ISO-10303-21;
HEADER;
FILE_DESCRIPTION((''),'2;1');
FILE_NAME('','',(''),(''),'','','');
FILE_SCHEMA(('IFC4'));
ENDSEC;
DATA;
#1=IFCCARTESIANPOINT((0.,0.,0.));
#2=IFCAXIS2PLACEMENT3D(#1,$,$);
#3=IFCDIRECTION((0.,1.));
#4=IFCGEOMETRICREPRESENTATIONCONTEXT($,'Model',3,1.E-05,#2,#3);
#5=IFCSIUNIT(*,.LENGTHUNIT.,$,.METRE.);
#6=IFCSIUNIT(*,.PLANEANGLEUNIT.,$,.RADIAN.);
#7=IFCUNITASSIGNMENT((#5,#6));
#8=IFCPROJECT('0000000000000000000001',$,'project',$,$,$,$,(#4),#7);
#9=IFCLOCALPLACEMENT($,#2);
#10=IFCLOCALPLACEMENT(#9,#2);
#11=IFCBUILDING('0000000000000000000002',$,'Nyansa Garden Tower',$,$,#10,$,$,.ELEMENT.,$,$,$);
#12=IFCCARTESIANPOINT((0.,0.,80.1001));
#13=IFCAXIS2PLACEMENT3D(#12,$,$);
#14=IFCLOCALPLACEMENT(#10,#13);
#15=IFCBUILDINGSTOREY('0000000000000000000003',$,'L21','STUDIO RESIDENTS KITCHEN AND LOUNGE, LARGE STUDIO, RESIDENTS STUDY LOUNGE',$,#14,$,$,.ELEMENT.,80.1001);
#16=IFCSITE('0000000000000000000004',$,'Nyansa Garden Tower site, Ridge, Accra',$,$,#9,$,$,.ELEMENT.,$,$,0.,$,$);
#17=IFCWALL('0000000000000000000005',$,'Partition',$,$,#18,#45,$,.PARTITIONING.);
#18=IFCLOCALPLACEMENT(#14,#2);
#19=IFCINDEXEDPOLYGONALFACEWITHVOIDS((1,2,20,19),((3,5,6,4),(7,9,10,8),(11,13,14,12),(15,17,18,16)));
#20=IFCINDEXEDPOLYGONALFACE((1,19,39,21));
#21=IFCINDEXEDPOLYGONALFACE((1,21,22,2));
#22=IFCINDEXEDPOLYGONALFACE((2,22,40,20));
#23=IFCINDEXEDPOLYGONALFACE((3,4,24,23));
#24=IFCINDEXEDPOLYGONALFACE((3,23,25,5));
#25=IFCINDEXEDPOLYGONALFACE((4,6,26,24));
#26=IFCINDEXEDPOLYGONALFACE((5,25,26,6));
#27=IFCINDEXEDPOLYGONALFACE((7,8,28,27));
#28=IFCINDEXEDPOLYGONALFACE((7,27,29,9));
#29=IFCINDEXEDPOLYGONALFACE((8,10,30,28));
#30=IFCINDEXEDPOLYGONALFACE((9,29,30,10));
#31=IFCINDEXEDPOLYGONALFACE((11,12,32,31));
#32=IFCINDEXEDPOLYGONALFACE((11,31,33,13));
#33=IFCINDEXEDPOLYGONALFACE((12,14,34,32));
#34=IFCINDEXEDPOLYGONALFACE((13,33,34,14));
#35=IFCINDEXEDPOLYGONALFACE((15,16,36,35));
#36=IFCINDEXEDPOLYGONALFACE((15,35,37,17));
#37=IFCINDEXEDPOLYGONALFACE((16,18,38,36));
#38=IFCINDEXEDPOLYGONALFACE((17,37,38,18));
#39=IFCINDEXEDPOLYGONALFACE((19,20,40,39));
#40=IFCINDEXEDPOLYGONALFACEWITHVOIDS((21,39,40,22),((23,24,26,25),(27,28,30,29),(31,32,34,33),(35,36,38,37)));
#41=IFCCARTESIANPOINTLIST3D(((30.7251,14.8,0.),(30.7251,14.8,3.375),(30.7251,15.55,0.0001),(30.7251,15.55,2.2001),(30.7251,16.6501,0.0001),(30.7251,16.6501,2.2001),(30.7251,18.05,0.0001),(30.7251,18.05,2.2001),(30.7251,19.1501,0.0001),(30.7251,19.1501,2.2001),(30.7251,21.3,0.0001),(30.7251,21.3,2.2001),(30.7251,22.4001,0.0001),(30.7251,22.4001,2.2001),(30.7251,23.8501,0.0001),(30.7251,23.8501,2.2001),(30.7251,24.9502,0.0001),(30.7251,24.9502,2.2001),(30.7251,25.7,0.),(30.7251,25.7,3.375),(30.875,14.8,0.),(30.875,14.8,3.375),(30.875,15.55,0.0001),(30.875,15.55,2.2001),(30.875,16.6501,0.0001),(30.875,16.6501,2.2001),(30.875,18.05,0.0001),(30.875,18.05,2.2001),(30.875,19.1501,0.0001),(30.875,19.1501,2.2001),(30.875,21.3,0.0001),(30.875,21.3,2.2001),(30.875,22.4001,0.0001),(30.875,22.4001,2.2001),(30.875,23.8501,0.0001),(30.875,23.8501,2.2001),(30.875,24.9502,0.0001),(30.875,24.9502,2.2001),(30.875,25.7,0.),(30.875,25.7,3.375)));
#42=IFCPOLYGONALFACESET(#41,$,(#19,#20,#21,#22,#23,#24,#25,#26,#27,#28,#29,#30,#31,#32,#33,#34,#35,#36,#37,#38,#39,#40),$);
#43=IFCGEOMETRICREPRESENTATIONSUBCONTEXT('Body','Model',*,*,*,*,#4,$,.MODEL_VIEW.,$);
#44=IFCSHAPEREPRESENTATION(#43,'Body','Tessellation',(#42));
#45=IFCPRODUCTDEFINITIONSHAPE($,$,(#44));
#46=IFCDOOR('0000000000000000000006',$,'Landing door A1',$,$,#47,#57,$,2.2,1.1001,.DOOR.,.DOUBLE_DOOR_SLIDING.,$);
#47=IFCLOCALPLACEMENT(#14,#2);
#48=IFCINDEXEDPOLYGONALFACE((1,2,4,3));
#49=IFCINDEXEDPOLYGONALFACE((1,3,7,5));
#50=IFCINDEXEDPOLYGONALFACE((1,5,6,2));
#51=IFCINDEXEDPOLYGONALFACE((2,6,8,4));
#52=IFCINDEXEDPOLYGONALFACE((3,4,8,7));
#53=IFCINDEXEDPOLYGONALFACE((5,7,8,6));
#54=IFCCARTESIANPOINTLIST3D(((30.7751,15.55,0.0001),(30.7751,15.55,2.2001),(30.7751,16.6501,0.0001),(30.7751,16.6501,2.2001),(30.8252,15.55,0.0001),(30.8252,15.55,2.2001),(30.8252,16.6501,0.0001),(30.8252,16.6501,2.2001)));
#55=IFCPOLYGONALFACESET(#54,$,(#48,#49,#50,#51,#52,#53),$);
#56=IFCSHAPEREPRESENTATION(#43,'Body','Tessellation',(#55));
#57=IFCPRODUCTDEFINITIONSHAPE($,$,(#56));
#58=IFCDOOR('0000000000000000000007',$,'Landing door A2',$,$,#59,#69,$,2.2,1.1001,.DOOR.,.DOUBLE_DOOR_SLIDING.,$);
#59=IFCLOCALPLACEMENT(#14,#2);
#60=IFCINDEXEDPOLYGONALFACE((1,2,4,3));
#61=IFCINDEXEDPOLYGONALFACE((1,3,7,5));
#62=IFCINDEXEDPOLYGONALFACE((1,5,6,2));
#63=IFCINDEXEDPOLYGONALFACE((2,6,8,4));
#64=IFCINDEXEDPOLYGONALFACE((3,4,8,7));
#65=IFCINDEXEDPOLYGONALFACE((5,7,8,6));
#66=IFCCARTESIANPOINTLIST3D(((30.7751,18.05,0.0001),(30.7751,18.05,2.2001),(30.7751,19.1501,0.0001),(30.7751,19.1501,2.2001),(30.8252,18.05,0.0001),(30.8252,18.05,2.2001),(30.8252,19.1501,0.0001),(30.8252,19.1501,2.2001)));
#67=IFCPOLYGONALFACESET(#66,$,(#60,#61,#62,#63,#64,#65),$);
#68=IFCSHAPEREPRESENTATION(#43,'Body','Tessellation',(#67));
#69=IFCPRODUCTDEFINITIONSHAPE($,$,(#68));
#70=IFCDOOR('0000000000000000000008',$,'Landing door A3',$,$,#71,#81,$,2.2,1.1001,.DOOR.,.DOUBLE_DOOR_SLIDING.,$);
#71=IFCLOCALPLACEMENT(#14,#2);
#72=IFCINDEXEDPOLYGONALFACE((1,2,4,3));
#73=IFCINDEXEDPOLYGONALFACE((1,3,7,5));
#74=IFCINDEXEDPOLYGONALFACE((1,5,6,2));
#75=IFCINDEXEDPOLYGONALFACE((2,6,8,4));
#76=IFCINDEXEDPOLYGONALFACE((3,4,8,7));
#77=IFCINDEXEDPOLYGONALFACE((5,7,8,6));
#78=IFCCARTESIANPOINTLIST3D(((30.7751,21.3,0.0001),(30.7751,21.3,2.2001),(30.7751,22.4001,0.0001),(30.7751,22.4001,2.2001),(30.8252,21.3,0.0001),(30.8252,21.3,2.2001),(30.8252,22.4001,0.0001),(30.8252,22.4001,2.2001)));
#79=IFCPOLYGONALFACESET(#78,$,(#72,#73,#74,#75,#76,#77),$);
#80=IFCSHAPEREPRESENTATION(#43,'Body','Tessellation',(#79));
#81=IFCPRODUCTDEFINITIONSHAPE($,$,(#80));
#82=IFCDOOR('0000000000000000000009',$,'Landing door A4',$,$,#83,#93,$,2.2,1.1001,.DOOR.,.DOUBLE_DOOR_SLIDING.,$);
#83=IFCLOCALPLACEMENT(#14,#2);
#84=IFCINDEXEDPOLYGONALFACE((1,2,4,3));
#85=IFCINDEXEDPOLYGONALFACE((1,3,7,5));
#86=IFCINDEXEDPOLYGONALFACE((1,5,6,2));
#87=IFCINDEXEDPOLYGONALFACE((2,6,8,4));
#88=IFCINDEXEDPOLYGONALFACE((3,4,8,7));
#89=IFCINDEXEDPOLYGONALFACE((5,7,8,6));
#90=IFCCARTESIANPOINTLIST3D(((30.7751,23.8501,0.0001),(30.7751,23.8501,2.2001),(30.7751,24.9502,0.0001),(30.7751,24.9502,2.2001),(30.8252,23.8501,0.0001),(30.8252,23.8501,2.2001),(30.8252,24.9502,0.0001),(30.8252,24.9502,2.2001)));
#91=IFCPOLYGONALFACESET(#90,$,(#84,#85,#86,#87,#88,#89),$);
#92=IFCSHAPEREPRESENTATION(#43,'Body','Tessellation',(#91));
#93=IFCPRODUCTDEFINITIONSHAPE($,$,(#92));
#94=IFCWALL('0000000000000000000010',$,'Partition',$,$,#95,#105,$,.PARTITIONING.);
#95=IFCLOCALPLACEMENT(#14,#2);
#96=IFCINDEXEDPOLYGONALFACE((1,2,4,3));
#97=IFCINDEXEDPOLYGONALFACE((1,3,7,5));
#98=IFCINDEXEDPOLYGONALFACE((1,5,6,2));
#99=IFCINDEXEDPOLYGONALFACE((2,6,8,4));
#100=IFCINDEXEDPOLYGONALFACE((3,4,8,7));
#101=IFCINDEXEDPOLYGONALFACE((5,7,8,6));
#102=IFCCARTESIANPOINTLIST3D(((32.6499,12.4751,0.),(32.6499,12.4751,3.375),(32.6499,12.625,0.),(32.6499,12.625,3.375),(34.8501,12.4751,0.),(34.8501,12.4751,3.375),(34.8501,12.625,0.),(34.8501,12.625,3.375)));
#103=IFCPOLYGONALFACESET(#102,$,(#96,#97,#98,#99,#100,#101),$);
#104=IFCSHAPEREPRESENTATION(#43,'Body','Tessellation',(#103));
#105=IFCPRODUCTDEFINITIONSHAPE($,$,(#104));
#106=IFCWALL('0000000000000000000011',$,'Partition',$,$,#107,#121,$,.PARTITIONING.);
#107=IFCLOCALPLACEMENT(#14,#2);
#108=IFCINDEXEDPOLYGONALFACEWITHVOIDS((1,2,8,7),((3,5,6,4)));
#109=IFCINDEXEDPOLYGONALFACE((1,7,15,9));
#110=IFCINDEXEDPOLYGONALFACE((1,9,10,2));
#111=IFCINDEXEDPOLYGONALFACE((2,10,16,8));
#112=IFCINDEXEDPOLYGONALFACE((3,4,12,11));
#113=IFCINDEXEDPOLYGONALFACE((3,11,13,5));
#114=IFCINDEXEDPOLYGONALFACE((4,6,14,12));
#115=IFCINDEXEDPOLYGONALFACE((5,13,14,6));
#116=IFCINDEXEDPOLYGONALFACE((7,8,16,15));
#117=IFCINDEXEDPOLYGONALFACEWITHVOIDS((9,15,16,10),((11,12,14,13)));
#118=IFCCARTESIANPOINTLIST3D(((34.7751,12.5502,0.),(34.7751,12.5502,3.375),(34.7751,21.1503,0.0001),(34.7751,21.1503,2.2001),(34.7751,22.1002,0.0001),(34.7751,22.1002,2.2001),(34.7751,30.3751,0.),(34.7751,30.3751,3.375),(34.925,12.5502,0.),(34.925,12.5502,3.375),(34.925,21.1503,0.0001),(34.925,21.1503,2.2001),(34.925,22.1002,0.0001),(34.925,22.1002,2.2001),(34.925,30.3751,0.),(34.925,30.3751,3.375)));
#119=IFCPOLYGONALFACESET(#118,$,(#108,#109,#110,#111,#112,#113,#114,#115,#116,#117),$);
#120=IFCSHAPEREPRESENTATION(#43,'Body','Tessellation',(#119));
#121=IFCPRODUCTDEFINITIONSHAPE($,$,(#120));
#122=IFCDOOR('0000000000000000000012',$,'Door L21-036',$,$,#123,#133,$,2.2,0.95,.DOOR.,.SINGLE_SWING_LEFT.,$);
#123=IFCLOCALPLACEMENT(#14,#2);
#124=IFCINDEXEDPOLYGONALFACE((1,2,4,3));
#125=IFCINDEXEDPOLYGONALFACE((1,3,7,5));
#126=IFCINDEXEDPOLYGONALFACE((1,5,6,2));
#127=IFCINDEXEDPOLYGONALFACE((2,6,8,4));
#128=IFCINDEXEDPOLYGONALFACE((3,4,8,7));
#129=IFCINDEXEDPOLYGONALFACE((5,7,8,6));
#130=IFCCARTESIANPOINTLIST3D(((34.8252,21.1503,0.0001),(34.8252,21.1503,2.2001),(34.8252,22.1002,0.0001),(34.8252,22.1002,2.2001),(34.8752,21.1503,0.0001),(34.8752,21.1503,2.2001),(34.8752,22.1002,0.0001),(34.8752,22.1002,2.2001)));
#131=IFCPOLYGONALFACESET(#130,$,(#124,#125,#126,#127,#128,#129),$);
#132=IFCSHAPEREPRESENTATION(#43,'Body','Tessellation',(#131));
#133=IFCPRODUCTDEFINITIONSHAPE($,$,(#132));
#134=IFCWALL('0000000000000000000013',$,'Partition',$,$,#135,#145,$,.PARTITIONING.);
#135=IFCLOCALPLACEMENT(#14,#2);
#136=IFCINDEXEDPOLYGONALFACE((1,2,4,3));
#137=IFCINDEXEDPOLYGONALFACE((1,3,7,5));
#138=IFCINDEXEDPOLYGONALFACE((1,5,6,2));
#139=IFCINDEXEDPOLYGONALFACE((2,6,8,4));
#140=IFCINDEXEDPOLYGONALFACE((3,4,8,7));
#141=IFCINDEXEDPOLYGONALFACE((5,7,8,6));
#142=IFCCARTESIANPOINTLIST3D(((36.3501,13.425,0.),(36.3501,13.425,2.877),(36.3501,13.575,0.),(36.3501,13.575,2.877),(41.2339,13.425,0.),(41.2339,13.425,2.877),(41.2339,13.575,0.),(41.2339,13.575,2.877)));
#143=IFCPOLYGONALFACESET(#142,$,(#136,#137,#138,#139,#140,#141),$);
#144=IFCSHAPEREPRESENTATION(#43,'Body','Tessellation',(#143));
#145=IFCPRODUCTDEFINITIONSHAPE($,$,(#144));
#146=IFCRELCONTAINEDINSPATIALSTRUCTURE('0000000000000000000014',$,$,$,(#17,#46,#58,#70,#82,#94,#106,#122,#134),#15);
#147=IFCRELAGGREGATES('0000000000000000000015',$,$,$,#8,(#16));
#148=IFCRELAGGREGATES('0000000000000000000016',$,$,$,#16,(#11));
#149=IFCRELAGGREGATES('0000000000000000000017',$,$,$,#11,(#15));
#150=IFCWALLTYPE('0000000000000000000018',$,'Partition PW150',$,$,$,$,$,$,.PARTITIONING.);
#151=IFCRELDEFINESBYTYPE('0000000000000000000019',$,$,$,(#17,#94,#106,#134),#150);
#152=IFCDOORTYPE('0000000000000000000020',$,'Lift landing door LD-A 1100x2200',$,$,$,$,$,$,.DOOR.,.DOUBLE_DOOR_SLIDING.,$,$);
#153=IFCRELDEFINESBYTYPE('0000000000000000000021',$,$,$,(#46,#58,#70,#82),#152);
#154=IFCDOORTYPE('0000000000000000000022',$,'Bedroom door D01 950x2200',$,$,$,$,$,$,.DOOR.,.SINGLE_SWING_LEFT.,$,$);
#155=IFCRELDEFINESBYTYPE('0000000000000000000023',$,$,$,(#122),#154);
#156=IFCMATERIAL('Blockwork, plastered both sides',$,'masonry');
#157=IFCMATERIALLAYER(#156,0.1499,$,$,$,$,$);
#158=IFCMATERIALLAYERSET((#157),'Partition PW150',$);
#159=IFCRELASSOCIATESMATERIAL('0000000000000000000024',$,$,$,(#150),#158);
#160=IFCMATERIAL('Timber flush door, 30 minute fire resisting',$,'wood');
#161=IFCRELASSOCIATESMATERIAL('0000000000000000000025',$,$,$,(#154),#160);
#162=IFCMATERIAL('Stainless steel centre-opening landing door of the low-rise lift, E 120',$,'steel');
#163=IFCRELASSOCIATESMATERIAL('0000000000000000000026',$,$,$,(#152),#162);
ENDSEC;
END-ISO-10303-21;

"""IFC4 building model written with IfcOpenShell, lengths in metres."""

from ifc_helpers import new_model, si_unit, direction, frame, frame_2d, origin, place, context, subcontext, project, spatial, rectangle, extrude, material, layer, layer_set, type_object, element, fill, save


model = new_model("IFC4")

# Units and contexts
model_context = context("Model", 3, precision=1e-05, world=origin(), true_north=direction((0.0, 1.0)))
body_context = subcontext(model_context, "Body", "Model", "MODEL_VIEW")
ifc_project = project(units=[si_unit("LENGTHUNIT", "METRE"), si_unit("PLANEANGLEUNIT", "RADIAN")], contexts=[model_context])

# Site, building, storey
site_placement = place(None, origin())
site = spatial("IfcSite", under=ifc_project, at=site_placement, Name="Nyansa Garden Tower site, Ridge, Accra", CompositionType="ELEMENT", RefElevation=0.0)
building_placement = place(site_placement, origin())
building = spatial("IfcBuilding", under=site, at=building_placement, Name="Nyansa Garden Tower", CompositionType="ELEMENT")
storey_placement = place(building_placement, frame((0.0, 0.0, 80.1001)))
storey = spatial("IfcBuildingStorey", under=building, at=storey_placement, Name="L21", Description="STUDIO RESIDENTS KITCHEN AND LOUNGE, LARGE STUDIO, RESIDENTS STUDY LOUNGE", CompositionType="ELEMENT", Elevation=80.1001)

# Shared definitions
ifc_material_1 = material(Name="Blockwork, plastered both sides", Category="masonry")
ifc_layer_1 = layer(ifc_material_1, 0.1499)
ifc_layer_set_1 = layer_set([ifc_layer_1], Name="Partition PW150")
wall_type_1 = type_object("IfcWallType", Name="Partition PW150", PredefinedType="PARTITIONING", material=ifc_layer_set_1)
ifc_material_2 = material(Name="Timber flush door, 30 minute fire resisting", Category="wood")
door_type_1 = type_object("IfcDoorType", Name="Bedroom door D01 950x2200", OperationType="SINGLE_SWING_LEFT", PredefinedType="DOOR", material=ifc_material_2)

# Wall, openings, doors
wall_1_placement = place(storey_placement, frame((30.8, 14.8, 0.0), z_axis=(0.0, 0.0, 1.0), x_axis=(0.0, 1.0, 0.0)))
wall_1 = element("IfcWall", 1, at=wall_1_placement, inside=storey, type_object=wall_type_1, Name="Partition", PredefinedType="PARTITIONING", context=body_context, shape_type="SweptSolid", body=[
    extrude(rectangle(XDim=10.8999, YDim=0.1499, at=frame_2d((5.45, 0.0))), origin(), (0.0, 0.0, 1.0), 3.375),
])
opening_1_placement = place(wall_1_placement, frame((0.75, 0.0, 0.0)))
opening_1 = element("IfcOpeningElement", 2, at=opening_1_placement, cuts=wall_1, PredefinedType="OPENING", context=body_context, shape_type="SweptSolid", body=[
    extrude(rectangle(XDim=1.1001, YDim=2.2, at=frame_2d((0.55, 1.1001))), frame((0.0, 0.085, 0.0), z_axis=(0.0, -1.0, 0.0), x_axis=(1.0, 0.0, 0.0)), (0.0, 0.0, 1.0), 0.1699),
])
opening_2_placement = place(wall_1_placement, frame((3.25, 0.0, 0.0)))
opening_2 = element("IfcOpeningElement", 3, at=opening_2_placement, cuts=wall_1, PredefinedType="OPENING", context=body_context, shape_type="SweptSolid", body=[
    extrude(rectangle(XDim=1.1001, YDim=2.2, at=frame_2d((0.55, 1.1001))), frame((0.0, 0.085, 0.0), z_axis=(0.0, -1.0, 0.0), x_axis=(1.0, 0.0, 0.0)), (0.0, 0.0, 1.0), 0.1699),
])
opening_3_placement = place(wall_1_placement, frame((6.5, 0.0, 0.0)))
opening_3 = element("IfcOpeningElement", 4, at=opening_3_placement, cuts=wall_1, PredefinedType="OPENING", context=body_context, shape_type="SweptSolid", body=[
    extrude(rectangle(XDim=1.1001, YDim=2.2, at=frame_2d((0.55, 1.1001))), frame((0.0, 0.085, 0.0), z_axis=(0.0, -1.0, 0.0), x_axis=(1.0, 0.0, 0.0)), (0.0, 0.0, 1.0), 0.1699),
])
opening_4_placement = place(wall_1_placement, frame((9.05, 0.0, 0.0)))
opening_4 = element("IfcOpeningElement", 5, at=opening_4_placement, cuts=wall_1, PredefinedType="OPENING", context=body_context, shape_type="SweptSolid", body=[
    extrude(rectangle(XDim=1.1001, YDim=2.2, at=frame_2d((0.55, 1.1001))), frame((0.0, 0.085, 0.0), z_axis=(0.0, -1.0, 0.0), x_axis=(1.0, 0.0, 0.0)), (0.0, 0.0, 1.0), 0.1699),
])
ifc_material_3 = material(Name="Stainless steel centre-opening landing door of the low-rise lift, E 120", Category="steel")
door_type_2 = type_object("IfcDoorType", Name="Lift landing door LD-A 1100x2200", OperationType="DOUBLE_DOOR_SLIDING", PredefinedType="DOOR", material=ifc_material_3)
door_1_placement = place(opening_1_placement, origin())
door_1 = element("IfcDoor", 6, at=door_1_placement, inside=storey, type_object=door_type_2, Name="Landing door A1", OperationType="DOUBLE_DOOR_SLIDING", OverallHeight=2.2, OverallWidth=1.1001, PredefinedType="DOOR", context=body_context, shape_type="SweptSolid", body=[
    extrude(rectangle(XDim=1.1001, YDim=2.2, at=frame_2d((0.55, 1.1001))), frame((0.0, 0.0249, 0.0), z_axis=(0.0, -1.0, 0.0), x_axis=(1.0, 0.0, 0.0)), (0.0, 0.0, 1.0), 0.05),
])
fill(opening_1, door_1)
door_2_placement = place(opening_2_placement, origin())
door_2 = element("IfcDoor", 7, at=door_2_placement, inside=storey, type_object=door_type_2, Name="Landing door A2", OperationType="DOUBLE_DOOR_SLIDING", OverallHeight=2.2, OverallWidth=1.1001, PredefinedType="DOOR", context=body_context, shape_type="SweptSolid", body=[
    extrude(rectangle(XDim=1.1001, YDim=2.2, at=frame_2d((0.55, 1.1001))), frame((0.0, 0.0249, 0.0), z_axis=(0.0, -1.0, 0.0), x_axis=(1.0, 0.0, 0.0)), (0.0, 0.0, 1.0), 0.05),
])
fill(opening_2, door_2)
door_3_placement = place(opening_3_placement, origin())
door_3 = element("IfcDoor", 8, at=door_3_placement, inside=storey, type_object=door_type_2, Name="Landing door A3", OperationType="DOUBLE_DOOR_SLIDING", OverallHeight=2.2, OverallWidth=1.1001, PredefinedType="DOOR", context=body_context, shape_type="SweptSolid", body=[
    extrude(rectangle(XDim=1.1001, YDim=2.2, at=frame_2d((0.55, 1.1001))), frame((0.0, 0.0249, 0.0), z_axis=(0.0, -1.0, 0.0), x_axis=(1.0, 0.0, 0.0)), (0.0, 0.0, 1.0), 0.05),
])
fill(opening_3, door_3)
door_4_placement = place(opening_4_placement, origin())
door_4 = element("IfcDoor", 9, at=door_4_placement, inside=storey, type_object=door_type_2, Name="Landing door A4", OperationType="DOUBLE_DOOR_SLIDING", OverallHeight=2.2, OverallWidth=1.1001, PredefinedType="DOOR", context=body_context, shape_type="SweptSolid", body=[
    extrude(rectangle(XDim=1.1001, YDim=2.2, at=frame_2d((0.55, 1.1001))), frame((0.0, 0.0249, 0.0), z_axis=(0.0, -1.0, 0.0), x_axis=(1.0, 0.0, 0.0)), (0.0, 0.0, 1.0), 0.05),
])
fill(opening_4, door_4)

# Wall
wall_2_placement = place(storey_placement, frame((32.6499, 12.55, 0.0), z_axis=(0.0, 0.0, 1.0), x_axis=(1.0, 0.0, 0.0)))
element("IfcWall", 10, at=wall_2_placement, inside=storey, type_object=wall_type_1, Name="Partition", PredefinedType="PARTITIONING", context=body_context, shape_type="SweptSolid", body=[
    extrude(rectangle(XDim=2.2002, YDim=0.1499, at=frame_2d((1.1001, 0.0))), origin(), (0.0, 0.0, 1.0), 3.375),
])

# Wall, opening, door
wall_3_placement = place(storey_placement, frame((34.8501, 12.55, 0.0), z_axis=(0.0, 0.0, 1.0), x_axis=(0.0, 1.0, 0.0)))
wall_3 = element("IfcWall", 11, at=wall_3_placement, inside=storey, type_object=wall_type_1, Name="Partition", PredefinedType="PARTITIONING", context=body_context, shape_type="SweptSolid", body=[
    extrude(rectangle(XDim=17.825, YDim=0.1499, at=frame_2d((8.9126, 0.0))), origin(), (0.0, 0.0, 1.0), 3.375),
])
opening_5_placement = place(wall_3_placement, frame((8.6001, 0.0, 0.0)))
opening_5 = element("IfcOpeningElement", 12, at=opening_5_placement, cuts=wall_3, PredefinedType="OPENING", context=body_context, shape_type="SweptSolid", body=[
    extrude(rectangle(XDim=0.95, YDim=2.2, at=frame_2d((0.4751, 1.1001))), frame((0.0, 0.085, 0.0), z_axis=(0.0, -1.0, 0.0), x_axis=(1.0, 0.0, 0.0)), (0.0, 0.0, 1.0), 0.1699),
])
door_5_placement = place(opening_5_placement, origin())
door_5 = element("IfcDoor", 13, at=door_5_placement, inside=storey, type_object=door_type_1, Name="Door L21-036", OperationType="SINGLE_SWING_LEFT", OverallHeight=2.2, OverallWidth=0.95, PredefinedType="DOOR", context=body_context, shape_type="SweptSolid", body=[
    extrude(rectangle(XDim=0.95, YDim=2.2, at=frame_2d((0.4751, 1.1001))), frame((0.0, 0.0249, 0.0), z_axis=(0.0, -1.0, 0.0), x_axis=(1.0, 0.0, 0.0)), (0.0, 0.0, 1.0), 0.05),
])
fill(opening_5, door_5)

# Wall
wall_4_placement = place(storey_placement, frame((36.3501, 13.5, 0.0), z_axis=(0.0, 0.0, 1.0), x_axis=(1.0, 0.0, 0.0)))
element("IfcWall", 14, at=wall_4_placement, inside=storey, type_object=wall_type_1, Name="Partition", PredefinedType="PARTITIONING", context=body_context, shape_type="SweptSolid", body=[
    extrude(rectangle(XDim=4.8838, YDim=0.1499, at=frame_2d((2.4419, 0.0))), origin(), (0.0, 0.0, 1.0), 2.877),
])

save(model, "model.ifc")
